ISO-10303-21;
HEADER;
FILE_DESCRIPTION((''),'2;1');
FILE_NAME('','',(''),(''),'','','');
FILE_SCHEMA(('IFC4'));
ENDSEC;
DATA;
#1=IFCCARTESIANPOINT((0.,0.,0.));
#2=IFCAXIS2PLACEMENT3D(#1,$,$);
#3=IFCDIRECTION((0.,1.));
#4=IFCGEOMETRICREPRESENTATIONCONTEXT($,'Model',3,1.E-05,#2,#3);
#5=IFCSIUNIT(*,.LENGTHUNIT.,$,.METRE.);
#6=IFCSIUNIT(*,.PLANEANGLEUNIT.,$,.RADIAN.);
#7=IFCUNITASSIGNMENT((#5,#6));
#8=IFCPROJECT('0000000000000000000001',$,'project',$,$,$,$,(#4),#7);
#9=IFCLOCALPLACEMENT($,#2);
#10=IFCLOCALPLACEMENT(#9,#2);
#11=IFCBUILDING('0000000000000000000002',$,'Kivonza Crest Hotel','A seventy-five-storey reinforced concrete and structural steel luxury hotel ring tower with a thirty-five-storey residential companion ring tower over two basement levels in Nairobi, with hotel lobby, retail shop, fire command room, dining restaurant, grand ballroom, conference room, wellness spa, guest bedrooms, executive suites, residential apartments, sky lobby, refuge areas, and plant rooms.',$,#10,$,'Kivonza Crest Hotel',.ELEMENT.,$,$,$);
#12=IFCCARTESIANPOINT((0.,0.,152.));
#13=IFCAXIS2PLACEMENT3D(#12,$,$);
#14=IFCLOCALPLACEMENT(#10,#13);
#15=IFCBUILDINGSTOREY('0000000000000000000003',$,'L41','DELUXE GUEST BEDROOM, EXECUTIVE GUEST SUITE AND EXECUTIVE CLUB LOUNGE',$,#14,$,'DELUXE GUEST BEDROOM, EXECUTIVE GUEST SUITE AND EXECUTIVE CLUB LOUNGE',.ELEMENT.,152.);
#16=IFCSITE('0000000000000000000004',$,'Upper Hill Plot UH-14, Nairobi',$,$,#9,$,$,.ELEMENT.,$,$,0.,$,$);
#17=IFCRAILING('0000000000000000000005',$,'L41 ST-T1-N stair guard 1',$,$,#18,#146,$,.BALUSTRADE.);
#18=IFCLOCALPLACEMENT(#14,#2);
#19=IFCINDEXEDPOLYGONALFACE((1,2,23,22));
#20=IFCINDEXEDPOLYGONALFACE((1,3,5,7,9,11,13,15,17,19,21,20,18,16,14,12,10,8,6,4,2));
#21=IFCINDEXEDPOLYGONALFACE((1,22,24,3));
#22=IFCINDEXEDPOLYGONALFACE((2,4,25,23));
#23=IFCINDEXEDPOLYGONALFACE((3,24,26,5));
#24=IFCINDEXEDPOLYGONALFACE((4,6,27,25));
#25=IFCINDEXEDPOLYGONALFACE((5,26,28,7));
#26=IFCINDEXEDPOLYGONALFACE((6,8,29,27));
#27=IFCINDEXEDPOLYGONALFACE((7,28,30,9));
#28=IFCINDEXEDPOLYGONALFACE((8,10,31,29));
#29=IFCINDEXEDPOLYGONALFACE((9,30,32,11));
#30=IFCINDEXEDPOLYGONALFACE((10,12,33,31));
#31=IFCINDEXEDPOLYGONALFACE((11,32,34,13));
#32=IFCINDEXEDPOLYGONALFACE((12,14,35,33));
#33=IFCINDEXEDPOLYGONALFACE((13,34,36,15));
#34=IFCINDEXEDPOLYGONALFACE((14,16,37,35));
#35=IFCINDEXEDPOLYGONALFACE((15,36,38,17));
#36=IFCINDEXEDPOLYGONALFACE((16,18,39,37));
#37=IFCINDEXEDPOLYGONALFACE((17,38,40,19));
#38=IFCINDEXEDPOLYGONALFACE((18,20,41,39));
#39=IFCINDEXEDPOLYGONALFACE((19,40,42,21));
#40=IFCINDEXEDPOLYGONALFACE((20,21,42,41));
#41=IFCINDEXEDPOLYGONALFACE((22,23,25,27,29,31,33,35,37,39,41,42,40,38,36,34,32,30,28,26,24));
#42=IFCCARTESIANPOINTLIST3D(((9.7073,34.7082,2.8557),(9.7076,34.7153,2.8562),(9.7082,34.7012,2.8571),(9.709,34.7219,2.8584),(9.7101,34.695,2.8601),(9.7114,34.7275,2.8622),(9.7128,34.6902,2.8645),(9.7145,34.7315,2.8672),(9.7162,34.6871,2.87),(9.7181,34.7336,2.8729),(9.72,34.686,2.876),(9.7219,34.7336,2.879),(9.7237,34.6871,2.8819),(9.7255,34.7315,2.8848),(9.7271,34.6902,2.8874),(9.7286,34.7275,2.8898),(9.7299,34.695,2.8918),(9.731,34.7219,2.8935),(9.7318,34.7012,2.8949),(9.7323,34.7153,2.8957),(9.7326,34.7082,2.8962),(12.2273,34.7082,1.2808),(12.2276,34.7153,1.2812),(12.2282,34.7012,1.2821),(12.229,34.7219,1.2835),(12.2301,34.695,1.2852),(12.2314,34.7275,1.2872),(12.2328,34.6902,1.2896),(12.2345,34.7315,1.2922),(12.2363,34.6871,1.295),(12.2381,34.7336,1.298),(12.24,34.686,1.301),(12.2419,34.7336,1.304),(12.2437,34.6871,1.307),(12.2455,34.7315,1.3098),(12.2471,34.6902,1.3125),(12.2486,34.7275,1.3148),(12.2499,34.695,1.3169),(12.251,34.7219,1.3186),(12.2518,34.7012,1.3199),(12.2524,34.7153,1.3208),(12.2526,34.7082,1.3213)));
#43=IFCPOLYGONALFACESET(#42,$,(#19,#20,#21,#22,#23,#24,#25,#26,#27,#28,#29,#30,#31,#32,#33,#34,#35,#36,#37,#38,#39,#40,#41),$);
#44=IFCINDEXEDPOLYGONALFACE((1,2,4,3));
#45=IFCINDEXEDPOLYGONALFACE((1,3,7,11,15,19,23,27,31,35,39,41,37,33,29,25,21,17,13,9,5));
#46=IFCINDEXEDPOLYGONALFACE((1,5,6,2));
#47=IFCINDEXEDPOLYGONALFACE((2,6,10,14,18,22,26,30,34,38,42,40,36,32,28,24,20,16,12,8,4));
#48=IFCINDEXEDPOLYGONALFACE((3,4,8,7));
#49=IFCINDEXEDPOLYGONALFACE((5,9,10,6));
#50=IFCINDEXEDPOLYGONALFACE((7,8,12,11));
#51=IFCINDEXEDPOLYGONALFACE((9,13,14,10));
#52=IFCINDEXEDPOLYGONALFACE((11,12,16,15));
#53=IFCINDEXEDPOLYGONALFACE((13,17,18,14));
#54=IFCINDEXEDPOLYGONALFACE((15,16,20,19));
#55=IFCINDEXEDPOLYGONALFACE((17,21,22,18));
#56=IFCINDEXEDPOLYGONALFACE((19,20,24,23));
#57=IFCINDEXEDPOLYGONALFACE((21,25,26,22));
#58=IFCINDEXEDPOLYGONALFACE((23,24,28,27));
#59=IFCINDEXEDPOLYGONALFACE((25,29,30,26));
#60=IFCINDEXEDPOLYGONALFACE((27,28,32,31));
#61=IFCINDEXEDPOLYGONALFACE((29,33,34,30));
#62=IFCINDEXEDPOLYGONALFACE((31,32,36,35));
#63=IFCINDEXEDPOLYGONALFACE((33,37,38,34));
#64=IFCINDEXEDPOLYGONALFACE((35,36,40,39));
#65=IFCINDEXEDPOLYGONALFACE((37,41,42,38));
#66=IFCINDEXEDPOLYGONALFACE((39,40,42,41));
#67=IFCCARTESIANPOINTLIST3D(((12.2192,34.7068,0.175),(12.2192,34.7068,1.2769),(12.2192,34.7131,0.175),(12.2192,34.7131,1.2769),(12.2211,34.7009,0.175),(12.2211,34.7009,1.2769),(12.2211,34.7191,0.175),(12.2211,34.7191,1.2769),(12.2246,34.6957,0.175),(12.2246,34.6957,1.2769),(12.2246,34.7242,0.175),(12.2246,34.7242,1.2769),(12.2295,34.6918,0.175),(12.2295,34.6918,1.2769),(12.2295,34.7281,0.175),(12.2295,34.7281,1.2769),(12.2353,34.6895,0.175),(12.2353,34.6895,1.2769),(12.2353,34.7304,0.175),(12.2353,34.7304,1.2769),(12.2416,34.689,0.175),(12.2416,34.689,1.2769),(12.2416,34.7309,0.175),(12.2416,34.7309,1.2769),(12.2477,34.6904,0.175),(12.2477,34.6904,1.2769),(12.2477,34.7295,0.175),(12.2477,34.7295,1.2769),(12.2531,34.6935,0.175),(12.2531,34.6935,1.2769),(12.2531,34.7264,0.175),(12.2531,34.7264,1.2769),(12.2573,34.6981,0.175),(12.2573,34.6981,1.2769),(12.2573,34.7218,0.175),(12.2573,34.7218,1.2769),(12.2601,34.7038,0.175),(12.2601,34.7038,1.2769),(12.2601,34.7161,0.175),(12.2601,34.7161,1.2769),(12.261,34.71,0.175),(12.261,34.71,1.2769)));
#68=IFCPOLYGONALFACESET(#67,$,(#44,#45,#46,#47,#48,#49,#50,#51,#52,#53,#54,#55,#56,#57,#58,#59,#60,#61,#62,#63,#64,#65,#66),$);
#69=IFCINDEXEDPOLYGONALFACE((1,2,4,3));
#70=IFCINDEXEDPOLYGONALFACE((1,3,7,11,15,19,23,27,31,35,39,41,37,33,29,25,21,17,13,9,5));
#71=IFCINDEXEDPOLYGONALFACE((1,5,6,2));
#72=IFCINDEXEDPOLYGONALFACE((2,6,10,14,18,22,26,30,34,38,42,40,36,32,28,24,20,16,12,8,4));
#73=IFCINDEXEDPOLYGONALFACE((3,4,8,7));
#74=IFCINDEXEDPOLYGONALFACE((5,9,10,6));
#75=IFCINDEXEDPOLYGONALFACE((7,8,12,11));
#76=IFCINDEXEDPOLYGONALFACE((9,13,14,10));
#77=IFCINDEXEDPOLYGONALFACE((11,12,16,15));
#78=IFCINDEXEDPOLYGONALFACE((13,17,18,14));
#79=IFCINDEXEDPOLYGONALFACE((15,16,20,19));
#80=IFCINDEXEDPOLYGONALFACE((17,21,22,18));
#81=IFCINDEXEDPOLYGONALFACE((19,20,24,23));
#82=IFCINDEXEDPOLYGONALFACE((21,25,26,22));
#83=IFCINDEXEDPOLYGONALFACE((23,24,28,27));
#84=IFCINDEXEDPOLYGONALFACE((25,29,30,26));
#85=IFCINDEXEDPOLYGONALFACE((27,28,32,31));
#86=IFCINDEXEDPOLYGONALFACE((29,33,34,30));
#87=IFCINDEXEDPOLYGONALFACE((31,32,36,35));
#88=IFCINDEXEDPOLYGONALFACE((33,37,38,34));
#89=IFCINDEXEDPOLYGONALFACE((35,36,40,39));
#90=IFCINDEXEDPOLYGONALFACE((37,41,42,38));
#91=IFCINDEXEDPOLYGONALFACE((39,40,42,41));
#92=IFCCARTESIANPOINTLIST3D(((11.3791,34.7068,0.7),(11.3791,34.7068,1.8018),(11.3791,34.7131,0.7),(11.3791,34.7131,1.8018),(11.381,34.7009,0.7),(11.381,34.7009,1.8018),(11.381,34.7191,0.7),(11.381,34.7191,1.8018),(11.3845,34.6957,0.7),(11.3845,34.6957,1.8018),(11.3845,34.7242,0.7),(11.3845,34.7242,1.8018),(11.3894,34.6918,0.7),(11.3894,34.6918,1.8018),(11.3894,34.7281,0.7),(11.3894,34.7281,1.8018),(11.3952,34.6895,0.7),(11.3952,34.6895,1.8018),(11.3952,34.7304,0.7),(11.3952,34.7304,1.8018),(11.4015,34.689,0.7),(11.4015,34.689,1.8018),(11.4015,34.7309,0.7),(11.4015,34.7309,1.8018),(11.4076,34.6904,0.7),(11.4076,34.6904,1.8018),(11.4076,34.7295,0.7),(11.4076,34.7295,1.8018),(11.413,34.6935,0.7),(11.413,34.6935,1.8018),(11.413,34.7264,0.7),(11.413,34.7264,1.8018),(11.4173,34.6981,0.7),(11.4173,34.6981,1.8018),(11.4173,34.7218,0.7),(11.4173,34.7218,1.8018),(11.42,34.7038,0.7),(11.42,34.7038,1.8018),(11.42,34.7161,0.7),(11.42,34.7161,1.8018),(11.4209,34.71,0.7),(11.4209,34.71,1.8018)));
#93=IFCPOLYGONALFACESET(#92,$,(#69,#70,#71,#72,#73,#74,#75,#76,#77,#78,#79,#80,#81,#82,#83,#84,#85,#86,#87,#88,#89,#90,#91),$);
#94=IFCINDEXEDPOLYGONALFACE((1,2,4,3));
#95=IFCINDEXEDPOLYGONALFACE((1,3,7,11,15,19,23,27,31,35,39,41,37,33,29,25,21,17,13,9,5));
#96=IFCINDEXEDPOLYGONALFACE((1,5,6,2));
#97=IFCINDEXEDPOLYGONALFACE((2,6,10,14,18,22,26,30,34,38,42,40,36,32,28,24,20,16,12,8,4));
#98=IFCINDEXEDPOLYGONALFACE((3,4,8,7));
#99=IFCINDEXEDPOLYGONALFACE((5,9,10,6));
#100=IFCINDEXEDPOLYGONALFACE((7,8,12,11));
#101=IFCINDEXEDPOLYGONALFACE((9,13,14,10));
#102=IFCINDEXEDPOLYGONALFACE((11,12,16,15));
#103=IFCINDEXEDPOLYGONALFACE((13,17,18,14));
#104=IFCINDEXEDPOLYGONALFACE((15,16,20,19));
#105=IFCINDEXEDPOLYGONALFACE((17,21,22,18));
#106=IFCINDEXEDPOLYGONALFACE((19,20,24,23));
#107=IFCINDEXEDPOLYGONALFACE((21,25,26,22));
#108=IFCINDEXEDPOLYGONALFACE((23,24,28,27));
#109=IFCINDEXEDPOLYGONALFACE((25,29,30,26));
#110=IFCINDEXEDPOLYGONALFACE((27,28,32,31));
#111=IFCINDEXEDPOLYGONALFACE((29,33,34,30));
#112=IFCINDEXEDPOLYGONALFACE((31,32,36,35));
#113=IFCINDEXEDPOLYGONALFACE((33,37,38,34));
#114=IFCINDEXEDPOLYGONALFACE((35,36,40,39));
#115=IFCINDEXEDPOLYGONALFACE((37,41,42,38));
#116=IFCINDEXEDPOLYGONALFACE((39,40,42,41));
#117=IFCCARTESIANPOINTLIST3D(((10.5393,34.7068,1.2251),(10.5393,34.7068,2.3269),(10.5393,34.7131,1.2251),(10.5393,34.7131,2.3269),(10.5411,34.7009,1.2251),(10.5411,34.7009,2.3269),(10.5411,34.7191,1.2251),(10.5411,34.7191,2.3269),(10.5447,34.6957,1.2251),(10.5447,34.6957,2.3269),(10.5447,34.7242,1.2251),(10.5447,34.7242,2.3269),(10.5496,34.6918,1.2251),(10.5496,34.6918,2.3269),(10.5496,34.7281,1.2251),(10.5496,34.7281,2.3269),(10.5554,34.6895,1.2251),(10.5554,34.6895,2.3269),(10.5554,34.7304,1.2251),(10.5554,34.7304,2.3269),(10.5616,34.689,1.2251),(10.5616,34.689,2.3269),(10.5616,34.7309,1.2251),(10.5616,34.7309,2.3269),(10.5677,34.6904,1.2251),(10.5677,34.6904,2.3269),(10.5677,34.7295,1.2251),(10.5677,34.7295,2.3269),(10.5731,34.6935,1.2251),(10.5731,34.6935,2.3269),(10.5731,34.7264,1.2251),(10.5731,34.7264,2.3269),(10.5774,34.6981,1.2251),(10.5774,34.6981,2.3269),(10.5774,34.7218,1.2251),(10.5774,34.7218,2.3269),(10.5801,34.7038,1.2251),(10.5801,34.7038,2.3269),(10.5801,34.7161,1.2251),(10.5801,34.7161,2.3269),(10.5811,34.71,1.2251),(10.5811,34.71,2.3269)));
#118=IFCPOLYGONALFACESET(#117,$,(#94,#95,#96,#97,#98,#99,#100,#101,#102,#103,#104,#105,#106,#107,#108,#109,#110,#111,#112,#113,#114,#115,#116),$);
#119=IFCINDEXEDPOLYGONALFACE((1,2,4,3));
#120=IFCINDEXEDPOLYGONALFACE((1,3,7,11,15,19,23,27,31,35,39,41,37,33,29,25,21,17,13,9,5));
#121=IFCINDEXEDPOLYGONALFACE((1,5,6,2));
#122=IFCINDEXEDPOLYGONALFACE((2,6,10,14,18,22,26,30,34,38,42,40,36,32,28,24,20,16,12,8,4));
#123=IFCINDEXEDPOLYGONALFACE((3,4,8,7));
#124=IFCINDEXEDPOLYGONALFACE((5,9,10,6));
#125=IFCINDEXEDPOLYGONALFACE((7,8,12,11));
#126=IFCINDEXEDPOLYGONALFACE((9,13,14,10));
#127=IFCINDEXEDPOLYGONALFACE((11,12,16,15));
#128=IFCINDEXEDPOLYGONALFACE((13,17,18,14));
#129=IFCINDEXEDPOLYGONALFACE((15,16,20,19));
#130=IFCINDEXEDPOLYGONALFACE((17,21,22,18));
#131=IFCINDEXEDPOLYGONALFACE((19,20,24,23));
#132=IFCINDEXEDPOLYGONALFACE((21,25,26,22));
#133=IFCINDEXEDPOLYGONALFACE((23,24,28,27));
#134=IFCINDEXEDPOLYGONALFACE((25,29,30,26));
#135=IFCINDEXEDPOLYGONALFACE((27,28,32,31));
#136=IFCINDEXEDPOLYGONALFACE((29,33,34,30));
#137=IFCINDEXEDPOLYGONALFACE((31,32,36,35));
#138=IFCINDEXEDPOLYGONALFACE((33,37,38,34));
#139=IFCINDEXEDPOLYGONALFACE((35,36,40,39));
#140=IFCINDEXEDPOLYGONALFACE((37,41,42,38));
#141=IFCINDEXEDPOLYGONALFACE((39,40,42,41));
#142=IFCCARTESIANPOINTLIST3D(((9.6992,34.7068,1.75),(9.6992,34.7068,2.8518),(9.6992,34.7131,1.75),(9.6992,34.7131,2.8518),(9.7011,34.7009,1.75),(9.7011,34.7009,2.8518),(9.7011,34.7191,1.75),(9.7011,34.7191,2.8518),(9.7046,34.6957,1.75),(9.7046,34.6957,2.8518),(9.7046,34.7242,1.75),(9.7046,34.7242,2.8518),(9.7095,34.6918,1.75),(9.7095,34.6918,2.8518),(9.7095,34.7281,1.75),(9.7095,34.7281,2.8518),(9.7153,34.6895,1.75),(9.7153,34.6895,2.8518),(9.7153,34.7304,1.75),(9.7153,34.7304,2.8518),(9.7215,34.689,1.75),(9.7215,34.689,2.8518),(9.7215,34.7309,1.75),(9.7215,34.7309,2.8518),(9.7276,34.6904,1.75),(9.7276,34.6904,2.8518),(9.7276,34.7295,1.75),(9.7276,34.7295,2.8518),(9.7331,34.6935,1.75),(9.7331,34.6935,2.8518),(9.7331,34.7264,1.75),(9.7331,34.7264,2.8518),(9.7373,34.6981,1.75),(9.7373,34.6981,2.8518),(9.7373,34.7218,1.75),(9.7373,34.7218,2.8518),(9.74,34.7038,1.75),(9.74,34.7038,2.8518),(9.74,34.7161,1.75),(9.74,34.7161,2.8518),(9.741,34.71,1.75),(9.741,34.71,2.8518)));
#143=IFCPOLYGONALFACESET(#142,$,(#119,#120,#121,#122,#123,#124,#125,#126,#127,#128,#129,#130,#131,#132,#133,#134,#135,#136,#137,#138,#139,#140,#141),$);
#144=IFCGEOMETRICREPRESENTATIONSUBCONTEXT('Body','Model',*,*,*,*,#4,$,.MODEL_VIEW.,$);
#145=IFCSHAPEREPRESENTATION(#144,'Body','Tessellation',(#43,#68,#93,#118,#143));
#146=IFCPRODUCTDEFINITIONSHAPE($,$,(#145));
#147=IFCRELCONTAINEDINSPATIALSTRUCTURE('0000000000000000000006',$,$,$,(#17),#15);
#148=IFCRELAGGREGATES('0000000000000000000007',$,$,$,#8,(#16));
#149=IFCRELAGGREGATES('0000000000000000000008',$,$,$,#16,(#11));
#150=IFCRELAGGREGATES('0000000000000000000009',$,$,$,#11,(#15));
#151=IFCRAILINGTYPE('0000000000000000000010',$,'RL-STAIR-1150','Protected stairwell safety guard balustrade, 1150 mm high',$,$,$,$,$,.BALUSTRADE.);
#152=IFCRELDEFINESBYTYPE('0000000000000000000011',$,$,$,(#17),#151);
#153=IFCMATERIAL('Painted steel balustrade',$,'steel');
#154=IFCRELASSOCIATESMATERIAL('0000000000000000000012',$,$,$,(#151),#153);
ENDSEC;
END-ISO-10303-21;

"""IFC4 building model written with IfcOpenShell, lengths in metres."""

from ifc_helpers import new_model, si_unit, direction, frame, origin, origin_2d, place, context, subcontext, project, spatial, circle, extrude, material, type_object, element, save


model = new_model("IFC4")

# Units and contexts
model_context = context("Model", 3, precision=1e-05, world=origin(), true_north=direction((0.0, 1.0)))
body_context = subcontext(model_context, "Body", "Model", "MODEL_VIEW")
ifc_project = project(units=[si_unit("LENGTHUNIT", "METRE"), si_unit("PLANEANGLEUNIT", "RADIAN")], contexts=[model_context])

# Site, building, storey
site_placement = place(None, origin())
site = spatial("IfcSite", under=ifc_project, at=site_placement, Name="Upper Hill Plot UH-14, Nairobi", CompositionType="ELEMENT", RefElevation=0.0)
building_placement = place(site_placement, origin())
building = spatial("IfcBuilding", under=site, at=building_placement, Name="Kivonza Crest Hotel", Description="A seventy-five-storey reinforced concrete and structural steel luxury hotel ring tower with a thirty-five-storey residential companion ring tower over two basement levels in Nairobi, with hotel lobby, retail shop, fire command room, dining restaurant, grand ballroom, conference room, wellness spa, guest bedrooms, executive suites, residential apartments, sky lobby, refuge areas, and plant rooms.", LongName="Kivonza Crest Hotel", CompositionType="ELEMENT")
storey_placement = place(building_placement, frame((0.0, 0.0, 152.0)))
storey = spatial("IfcBuildingStorey", under=building, at=storey_placement, Name="L41", Description="DELUXE GUEST BEDROOM, EXECUTIVE GUEST SUITE AND EXECUTIVE CLUB LOUNGE", LongName="DELUXE GUEST BEDROOM, EXECUTIVE GUEST SUITE AND EXECUTIVE CLUB LOUNGE", CompositionType="ELEMENT", Elevation=152.0)

# Railing
ifc_material_1 = material(Name="Painted steel balustrade", Category="steel")
railing_type_1 = type_object("IfcRailingType", Name="RL-STAIR-1150", Description="Protected stairwell safety guard balustrade, 1150 mm high", PredefinedType="BALUSTRADE", material=ifc_material_1)
railing_1_placement = place(storey_placement, frame((12.24, 34.71, 0.175)))
element("IfcRailing", 1, at=railing_1_placement, inside=storey, type_object=railing_type_1, Name="L41 ST-T1-N stair guard 1", PredefinedType="BALUSTRADE", context=body_context, shape_type="SweptSolid", body=[
    extrude(circle(Radius=0.0239, at=origin_2d()), frame((0.0, 0.0, 1.126), z_axis=(-0.848008, 0.0, 0.529984), x_axis=(0.0, -1.0, 0.0)), (0.0, 0.0, 1.0), 2.9717),
    extrude(circle(Radius=0.021, at=origin_2d()), origin(), (0.0, 0.0, 1.0), 1.1018),
    extrude(circle(Radius=0.021, at=origin_2d()), frame((-0.8401, 0.0, 0.5249)), (0.0, 0.0, 1.0), 1.1018),
    extrude(circle(Radius=0.021, at=origin_2d()), frame((-1.6799, 0.0, 1.05)), (0.0, 0.0, 1.0), 1.1018),
    extrude(circle(Radius=0.021, at=origin_2d()), frame((-2.52, 0.0, 1.575)), (0.0, 0.0, 1.0), 1.1018),
])

save(model, "model.ifc")
